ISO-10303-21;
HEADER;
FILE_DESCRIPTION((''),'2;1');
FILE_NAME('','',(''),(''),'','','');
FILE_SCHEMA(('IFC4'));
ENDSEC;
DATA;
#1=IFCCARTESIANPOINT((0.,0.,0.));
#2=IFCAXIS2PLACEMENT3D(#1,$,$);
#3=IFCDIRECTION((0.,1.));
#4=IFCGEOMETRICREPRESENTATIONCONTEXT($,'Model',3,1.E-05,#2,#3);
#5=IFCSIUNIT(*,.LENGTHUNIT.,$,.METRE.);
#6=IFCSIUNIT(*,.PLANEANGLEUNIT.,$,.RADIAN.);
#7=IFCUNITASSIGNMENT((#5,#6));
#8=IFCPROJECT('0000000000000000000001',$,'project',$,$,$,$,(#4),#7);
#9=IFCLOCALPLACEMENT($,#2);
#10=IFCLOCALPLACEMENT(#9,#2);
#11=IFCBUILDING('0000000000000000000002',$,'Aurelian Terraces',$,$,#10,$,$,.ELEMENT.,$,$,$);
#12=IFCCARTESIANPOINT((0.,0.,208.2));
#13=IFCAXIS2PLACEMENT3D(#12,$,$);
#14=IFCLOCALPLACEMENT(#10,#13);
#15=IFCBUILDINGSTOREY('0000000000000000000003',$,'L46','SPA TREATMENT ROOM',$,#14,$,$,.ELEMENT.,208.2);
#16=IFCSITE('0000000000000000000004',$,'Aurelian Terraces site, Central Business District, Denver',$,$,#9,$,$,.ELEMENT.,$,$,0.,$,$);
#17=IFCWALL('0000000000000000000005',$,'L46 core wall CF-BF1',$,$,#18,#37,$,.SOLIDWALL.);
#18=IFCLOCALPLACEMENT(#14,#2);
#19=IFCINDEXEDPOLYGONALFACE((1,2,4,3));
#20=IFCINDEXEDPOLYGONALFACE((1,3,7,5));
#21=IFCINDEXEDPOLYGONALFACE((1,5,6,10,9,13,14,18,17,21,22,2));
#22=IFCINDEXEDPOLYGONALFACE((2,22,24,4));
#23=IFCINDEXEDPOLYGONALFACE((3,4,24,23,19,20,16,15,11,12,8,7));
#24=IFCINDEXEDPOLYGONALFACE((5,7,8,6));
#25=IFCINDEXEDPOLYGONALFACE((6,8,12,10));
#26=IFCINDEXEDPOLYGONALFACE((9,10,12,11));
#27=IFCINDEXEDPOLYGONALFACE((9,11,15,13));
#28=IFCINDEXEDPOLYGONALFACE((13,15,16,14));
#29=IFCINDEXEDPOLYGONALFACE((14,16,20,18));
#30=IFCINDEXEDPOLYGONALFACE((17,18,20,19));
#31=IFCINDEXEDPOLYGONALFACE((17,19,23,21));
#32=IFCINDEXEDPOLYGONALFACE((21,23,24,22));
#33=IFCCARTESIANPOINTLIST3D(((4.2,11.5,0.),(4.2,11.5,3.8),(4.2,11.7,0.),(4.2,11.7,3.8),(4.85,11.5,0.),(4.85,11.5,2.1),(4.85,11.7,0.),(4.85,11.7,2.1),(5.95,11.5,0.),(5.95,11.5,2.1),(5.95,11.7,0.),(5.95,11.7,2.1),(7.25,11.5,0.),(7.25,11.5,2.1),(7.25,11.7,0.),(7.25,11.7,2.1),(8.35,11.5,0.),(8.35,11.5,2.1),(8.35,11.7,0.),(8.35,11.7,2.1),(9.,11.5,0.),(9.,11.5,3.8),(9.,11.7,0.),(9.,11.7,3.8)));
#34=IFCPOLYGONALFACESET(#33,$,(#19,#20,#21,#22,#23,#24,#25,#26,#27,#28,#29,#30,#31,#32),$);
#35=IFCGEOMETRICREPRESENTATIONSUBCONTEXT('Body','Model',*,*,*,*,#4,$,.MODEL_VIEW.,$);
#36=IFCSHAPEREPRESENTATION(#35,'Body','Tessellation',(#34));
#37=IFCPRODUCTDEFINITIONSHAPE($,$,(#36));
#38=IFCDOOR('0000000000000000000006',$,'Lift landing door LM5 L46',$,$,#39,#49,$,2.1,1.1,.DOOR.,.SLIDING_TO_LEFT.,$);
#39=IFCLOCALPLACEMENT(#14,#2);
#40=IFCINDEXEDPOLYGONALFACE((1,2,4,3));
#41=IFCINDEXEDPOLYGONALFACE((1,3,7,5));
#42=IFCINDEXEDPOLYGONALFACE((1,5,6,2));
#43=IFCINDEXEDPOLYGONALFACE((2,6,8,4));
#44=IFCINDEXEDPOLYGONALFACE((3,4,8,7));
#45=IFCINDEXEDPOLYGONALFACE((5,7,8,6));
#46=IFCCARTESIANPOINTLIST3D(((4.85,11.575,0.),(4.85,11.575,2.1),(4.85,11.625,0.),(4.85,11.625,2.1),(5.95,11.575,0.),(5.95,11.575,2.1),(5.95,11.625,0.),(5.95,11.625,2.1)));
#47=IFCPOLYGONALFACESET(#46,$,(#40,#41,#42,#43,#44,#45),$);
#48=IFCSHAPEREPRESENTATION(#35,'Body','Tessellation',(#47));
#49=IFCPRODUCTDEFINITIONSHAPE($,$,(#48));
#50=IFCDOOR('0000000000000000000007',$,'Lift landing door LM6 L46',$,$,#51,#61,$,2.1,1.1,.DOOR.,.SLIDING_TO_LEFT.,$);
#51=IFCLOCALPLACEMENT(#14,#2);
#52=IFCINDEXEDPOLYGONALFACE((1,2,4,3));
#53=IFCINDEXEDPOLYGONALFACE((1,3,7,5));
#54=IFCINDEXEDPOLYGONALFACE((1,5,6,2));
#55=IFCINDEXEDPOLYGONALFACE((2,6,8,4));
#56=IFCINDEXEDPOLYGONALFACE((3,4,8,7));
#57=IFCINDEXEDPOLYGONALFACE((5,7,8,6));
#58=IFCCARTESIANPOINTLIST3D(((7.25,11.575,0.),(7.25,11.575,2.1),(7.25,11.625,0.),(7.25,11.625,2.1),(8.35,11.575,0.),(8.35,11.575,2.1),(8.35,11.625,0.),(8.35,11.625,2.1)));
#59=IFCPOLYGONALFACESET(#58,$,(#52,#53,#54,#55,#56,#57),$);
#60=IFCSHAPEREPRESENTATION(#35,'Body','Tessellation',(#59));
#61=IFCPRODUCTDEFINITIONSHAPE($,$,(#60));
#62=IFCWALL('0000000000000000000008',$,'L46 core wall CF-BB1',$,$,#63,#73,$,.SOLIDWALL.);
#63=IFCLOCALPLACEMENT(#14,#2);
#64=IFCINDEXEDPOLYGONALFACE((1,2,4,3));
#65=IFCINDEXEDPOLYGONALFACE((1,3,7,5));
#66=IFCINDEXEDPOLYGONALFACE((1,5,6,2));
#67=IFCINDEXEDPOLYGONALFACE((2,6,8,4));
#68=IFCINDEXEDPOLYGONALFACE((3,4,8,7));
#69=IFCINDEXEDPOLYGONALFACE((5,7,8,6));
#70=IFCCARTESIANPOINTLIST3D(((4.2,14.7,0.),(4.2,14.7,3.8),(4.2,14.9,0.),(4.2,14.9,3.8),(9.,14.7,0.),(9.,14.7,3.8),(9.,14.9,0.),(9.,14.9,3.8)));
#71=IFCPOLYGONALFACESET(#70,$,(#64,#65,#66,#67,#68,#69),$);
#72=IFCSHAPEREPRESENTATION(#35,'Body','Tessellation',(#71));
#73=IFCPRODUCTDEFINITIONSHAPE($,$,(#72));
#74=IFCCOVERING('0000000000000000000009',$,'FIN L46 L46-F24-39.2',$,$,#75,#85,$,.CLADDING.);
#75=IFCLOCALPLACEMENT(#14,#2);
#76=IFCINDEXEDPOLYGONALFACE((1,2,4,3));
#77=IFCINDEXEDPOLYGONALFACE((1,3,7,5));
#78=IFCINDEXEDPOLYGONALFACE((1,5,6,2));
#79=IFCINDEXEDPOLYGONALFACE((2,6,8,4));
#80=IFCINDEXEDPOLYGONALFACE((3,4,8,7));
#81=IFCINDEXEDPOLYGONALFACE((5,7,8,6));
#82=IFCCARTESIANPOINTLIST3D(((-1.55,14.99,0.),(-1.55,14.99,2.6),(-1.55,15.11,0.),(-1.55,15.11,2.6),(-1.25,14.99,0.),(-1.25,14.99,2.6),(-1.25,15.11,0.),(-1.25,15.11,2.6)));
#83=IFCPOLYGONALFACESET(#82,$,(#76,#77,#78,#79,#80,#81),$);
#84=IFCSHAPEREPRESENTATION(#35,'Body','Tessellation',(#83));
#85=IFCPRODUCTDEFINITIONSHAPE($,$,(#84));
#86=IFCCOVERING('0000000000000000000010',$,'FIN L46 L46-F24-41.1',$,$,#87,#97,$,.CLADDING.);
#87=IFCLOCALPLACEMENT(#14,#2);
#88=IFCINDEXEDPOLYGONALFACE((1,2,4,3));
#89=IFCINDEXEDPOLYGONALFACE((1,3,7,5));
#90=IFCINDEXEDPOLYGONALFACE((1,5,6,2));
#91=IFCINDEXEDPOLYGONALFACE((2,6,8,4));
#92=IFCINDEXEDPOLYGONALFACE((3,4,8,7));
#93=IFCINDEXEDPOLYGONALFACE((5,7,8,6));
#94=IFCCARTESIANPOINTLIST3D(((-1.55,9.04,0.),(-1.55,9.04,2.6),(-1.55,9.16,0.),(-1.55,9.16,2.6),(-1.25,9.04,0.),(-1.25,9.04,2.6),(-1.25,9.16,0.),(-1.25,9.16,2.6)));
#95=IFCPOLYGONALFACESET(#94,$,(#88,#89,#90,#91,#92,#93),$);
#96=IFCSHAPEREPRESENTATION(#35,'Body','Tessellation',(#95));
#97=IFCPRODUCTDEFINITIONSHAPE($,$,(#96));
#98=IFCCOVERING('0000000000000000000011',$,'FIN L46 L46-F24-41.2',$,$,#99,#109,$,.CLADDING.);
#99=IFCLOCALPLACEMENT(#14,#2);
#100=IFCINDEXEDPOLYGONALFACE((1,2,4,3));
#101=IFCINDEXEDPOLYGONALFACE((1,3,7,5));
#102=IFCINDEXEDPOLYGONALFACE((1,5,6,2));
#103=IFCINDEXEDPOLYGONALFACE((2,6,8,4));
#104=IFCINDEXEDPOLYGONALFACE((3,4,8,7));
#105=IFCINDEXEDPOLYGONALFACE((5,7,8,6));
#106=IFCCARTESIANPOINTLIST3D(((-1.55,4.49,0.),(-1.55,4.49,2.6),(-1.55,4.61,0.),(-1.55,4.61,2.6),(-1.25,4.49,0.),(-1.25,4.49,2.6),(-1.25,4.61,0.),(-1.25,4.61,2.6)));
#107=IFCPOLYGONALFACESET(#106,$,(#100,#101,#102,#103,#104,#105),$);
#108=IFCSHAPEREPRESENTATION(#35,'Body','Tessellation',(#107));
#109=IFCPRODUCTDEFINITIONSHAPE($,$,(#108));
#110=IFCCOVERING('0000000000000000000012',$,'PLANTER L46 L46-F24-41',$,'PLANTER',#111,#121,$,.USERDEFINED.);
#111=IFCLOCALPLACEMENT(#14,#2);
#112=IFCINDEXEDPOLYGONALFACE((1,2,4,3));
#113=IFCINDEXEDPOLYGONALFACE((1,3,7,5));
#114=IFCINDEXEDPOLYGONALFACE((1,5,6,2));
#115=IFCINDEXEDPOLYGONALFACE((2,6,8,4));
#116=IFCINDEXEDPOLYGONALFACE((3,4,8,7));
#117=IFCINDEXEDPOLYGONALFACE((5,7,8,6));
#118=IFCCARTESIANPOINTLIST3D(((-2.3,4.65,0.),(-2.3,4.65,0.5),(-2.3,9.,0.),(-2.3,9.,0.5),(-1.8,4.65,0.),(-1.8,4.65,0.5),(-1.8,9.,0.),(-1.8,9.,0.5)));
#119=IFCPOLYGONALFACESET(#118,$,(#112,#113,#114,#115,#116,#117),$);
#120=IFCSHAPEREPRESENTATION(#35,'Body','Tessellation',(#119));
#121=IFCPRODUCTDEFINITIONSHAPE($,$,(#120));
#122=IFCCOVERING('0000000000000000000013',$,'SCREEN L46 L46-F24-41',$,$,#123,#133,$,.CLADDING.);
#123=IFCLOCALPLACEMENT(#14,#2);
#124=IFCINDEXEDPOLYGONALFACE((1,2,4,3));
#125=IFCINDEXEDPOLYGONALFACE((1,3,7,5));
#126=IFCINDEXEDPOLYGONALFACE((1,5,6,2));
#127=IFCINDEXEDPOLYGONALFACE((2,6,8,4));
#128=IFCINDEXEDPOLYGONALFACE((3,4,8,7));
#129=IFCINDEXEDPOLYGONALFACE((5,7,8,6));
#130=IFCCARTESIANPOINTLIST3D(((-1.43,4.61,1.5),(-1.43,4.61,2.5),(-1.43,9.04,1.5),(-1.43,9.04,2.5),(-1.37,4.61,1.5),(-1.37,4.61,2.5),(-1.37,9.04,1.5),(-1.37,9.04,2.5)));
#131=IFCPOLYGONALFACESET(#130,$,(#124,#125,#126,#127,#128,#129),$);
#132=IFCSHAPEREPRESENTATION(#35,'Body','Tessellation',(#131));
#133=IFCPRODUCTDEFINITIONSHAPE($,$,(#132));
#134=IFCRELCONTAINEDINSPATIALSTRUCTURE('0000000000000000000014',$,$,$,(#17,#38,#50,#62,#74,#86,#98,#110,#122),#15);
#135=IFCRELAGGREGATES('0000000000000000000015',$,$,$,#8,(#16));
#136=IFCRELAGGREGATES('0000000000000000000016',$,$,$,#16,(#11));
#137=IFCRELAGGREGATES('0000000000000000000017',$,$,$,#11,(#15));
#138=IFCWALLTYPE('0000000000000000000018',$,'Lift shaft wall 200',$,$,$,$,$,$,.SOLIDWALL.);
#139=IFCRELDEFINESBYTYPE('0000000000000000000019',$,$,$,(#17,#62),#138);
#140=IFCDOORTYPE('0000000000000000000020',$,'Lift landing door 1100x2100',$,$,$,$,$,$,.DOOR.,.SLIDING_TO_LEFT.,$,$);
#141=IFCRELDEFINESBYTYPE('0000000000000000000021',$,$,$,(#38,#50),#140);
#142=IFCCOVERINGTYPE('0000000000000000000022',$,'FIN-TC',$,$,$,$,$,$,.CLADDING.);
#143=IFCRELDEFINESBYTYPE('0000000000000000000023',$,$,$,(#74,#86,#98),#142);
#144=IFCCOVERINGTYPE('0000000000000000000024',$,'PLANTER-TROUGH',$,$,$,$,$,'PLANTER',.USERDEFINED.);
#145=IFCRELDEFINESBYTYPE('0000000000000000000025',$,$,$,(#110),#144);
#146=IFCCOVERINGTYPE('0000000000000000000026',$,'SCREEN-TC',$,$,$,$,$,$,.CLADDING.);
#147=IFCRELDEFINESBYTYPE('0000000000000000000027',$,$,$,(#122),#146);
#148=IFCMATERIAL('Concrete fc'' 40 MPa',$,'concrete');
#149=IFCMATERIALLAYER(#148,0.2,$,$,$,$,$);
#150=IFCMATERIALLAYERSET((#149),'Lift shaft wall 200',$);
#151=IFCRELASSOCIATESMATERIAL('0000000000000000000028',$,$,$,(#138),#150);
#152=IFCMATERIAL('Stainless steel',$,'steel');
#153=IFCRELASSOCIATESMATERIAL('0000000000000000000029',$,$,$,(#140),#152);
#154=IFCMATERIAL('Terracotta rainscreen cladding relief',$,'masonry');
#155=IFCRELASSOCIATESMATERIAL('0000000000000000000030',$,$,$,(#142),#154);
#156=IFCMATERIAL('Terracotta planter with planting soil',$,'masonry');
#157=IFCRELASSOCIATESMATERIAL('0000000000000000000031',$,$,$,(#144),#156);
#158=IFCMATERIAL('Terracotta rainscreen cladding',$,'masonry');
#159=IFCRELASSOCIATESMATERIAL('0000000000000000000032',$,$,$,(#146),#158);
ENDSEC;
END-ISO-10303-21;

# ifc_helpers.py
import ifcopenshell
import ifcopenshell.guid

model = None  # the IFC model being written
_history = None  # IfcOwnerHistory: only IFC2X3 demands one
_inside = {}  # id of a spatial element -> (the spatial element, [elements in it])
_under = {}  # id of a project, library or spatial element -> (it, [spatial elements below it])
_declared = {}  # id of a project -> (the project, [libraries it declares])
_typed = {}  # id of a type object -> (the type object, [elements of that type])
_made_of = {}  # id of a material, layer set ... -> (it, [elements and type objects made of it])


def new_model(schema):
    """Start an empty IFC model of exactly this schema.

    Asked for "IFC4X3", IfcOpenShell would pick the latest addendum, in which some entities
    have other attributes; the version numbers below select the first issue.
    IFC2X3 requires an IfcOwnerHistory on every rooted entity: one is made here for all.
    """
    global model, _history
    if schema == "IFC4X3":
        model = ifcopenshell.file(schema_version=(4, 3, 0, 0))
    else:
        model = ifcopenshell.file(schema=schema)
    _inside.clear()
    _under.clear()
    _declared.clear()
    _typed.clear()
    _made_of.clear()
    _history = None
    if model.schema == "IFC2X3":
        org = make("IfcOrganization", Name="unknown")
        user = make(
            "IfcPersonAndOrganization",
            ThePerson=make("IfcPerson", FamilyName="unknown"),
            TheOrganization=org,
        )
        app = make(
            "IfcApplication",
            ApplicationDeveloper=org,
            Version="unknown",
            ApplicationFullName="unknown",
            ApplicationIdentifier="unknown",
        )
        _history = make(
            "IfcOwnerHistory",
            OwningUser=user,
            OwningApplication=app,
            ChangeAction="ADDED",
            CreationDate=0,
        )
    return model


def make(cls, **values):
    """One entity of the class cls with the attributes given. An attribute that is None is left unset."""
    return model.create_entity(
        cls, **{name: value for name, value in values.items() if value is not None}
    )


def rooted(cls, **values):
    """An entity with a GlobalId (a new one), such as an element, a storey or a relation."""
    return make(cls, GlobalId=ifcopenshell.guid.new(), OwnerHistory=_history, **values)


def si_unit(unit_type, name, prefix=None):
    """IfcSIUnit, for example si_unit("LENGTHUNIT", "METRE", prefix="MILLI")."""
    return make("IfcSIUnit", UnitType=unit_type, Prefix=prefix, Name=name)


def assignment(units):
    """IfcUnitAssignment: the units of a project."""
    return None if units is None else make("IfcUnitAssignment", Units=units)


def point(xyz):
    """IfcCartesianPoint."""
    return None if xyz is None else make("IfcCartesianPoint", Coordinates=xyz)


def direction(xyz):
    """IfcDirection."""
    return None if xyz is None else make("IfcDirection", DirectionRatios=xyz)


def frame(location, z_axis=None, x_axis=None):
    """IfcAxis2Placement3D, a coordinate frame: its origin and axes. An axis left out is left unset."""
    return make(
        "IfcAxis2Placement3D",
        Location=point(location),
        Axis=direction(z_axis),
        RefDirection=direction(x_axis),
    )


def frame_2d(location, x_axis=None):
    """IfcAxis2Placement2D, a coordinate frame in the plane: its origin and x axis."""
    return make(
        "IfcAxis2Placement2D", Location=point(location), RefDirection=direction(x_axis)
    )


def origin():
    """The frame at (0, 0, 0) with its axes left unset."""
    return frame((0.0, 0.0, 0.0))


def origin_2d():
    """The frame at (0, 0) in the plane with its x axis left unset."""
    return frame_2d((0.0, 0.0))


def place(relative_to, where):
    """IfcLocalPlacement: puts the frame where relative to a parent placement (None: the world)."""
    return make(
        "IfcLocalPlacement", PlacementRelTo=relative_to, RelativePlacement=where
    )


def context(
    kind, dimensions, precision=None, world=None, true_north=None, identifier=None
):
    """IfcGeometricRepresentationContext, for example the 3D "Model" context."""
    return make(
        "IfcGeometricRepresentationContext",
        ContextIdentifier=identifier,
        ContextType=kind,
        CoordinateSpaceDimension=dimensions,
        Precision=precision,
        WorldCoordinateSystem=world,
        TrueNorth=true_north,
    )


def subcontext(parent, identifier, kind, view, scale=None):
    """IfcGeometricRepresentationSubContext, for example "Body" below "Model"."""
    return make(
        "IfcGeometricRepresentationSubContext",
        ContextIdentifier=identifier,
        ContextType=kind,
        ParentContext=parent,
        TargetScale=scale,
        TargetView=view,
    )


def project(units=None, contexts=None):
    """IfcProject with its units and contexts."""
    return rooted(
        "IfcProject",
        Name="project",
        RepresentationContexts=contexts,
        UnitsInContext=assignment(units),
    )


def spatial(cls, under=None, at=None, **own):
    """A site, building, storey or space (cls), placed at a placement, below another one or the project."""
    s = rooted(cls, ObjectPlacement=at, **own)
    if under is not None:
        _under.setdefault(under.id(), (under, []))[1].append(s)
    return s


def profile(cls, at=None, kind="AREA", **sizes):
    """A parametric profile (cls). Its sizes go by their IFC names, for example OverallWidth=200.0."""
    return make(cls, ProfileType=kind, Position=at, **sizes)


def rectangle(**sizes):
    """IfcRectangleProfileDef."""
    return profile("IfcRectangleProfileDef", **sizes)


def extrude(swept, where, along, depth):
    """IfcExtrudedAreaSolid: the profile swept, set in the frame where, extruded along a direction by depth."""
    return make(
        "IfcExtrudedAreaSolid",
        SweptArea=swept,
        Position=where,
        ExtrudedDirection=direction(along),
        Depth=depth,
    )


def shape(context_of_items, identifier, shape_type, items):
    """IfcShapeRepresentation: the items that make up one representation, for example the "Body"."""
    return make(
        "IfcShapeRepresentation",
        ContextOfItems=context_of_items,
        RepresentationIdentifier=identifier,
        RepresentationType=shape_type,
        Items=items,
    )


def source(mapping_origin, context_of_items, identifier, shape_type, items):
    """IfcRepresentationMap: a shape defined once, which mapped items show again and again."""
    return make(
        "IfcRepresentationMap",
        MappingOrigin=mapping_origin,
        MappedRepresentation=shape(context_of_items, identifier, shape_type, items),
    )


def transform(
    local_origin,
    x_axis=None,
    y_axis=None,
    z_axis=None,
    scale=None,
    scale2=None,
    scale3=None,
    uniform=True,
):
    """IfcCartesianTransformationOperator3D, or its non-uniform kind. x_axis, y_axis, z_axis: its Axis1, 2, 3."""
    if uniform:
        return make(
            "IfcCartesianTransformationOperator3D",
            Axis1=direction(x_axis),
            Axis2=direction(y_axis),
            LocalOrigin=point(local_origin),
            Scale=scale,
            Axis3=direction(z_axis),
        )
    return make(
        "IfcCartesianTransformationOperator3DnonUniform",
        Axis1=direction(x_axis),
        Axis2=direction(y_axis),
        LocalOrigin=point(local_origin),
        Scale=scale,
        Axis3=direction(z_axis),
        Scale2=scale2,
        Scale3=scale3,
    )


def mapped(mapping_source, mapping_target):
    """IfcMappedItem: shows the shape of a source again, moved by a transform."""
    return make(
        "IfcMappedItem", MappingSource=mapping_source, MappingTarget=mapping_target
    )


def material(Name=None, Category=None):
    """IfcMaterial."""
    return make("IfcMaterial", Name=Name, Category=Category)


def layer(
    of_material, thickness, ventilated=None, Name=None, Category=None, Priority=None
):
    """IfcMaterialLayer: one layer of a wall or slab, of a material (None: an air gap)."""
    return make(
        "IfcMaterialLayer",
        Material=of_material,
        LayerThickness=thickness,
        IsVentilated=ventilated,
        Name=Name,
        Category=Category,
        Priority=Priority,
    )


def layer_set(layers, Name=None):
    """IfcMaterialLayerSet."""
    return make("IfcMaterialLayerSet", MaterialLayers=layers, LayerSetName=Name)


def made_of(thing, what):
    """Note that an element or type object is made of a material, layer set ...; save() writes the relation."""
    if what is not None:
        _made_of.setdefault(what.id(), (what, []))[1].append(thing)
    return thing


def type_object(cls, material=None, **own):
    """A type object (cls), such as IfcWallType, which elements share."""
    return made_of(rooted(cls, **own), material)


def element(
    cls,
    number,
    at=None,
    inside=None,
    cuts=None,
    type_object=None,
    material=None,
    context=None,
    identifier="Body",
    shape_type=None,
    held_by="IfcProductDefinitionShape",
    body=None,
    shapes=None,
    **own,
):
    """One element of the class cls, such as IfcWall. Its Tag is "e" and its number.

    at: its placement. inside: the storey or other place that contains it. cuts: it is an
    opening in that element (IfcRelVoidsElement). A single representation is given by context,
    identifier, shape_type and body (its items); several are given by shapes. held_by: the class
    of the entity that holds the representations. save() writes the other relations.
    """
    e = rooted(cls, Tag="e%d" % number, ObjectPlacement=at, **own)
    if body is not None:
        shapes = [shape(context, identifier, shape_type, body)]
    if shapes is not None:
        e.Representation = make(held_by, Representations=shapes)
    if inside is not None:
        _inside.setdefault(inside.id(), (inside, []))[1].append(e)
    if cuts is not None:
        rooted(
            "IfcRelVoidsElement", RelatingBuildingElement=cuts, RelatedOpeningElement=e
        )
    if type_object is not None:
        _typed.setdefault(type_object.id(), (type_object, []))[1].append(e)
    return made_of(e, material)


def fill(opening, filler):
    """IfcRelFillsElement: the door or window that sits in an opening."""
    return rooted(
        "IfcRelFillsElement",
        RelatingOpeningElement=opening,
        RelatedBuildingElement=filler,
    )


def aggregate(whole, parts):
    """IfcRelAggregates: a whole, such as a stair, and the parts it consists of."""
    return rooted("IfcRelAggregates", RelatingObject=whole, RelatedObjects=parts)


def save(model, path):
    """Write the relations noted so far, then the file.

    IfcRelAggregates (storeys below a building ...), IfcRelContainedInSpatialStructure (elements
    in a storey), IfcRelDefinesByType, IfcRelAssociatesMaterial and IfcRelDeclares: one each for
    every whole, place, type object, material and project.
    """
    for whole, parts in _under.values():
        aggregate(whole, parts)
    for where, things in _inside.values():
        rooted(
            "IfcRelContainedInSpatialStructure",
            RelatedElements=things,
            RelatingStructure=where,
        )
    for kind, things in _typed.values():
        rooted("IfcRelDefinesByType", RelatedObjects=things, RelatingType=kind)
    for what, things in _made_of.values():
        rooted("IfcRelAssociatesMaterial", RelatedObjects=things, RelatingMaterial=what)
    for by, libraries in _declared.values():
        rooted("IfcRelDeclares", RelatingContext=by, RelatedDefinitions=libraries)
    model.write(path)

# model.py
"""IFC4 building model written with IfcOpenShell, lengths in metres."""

from ifc_helpers import new_model, si_unit, direction, frame, frame_2d, origin, origin_2d, place, context, subcontext, project, spatial, rectangle, extrude, source, transform, mapped, material, layer, layer_set, type_object, element, fill, save


model = new_model("IFC4")

# Units and contexts
model_context = context("Model", 3, precision=1e-05, world=origin(), true_north=direction((0.0, 1.0)))
body_context = subcontext(model_context, "Body", "Model", "MODEL_VIEW")
ifc_project = project(units=[si_unit("LENGTHUNIT", "METRE"), si_unit("PLANEANGLEUNIT", "RADIAN")], contexts=[model_context])

# Site, building, storey
site_placement = place(None, origin())
site = spatial("IfcSite", under=ifc_project, at=site_placement, Name="Aurelian Terraces site, Central Business District, Denver", CompositionType="ELEMENT", RefElevation=0.0)
building_placement = place(site_placement, origin())
building = spatial("IfcBuilding", under=site, at=building_placement, Name="Aurelian Terraces", CompositionType="ELEMENT")
storey_placement = place(building_placement, frame((0.0, 0.0, 208.2)))
storey = spatial("IfcBuildingStorey", under=building, at=storey_placement, Name="L46", Description="SPA TREATMENT ROOM", CompositionType="ELEMENT", Elevation=208.2)

# Shared definitions
ifc_material_1 = material(Name="Terracotta rainscreen cladding", Category="masonry")

# Shared definitions
ifc_material_2 = material(Name="Concrete fc' 40 MPa", Category="concrete")
ifc_layer_1 = layer(ifc_material_2, 0.2)
ifc_layer_set_1 = layer_set([ifc_layer_1], Name="Lift shaft wall 200")
wall_type_1 = type_object("IfcWallType", Name="Lift shaft wall 200", PredefinedType="SOLIDWALL", material=ifc_layer_set_1)

# Wall, openings, doors
shared_shape_1 = source(origin(), body_context, "Body", "SweptSolid", [
    extrude(rectangle(XDim=1.1, YDim=2.1, at=frame_2d((0.55, 1.05))), frame((0.0, 0.11, 0.0), z_axis=(0.0, -1.0, 0.0), x_axis=(1.0, 0.0, 0.0)), (0.0, 0.0, 1.0), 0.22),
])
ifc_material_3 = material(Name="Stainless steel", Category="steel")
door_type_1 = type_object("IfcDoorType", Name="Lift landing door 1100x2100", OperationType="SLIDING_TO_LEFT", PredefinedType="DOOR", material=ifc_material_3)
shared_shape_2 = source(origin(), body_context, "Body", "SweptSolid", [
    extrude(rectangle(XDim=1.1, YDim=2.1, at=frame_2d((0.55, 1.05))), frame((0.0, 0.025, 0.0), z_axis=(0.0, -1.0, 0.0), x_axis=(1.0, 0.0, 0.0)), (0.0, 0.0, 1.0), 0.05),
])
shared_shape_3 = source(origin(), body_context, "Body", "SweptSolid", [
    extrude(rectangle(XDim=4.8, YDim=0.2, at=frame_2d((2.4, 0.0))), origin(), (0.0, 0.0, 1.0), 3.8),
])
wall_1_placement = place(storey_placement, frame((4.2, 11.6, 0.0), z_axis=(0.0, 0.0, 1.0), x_axis=(1.0, 0.0, 0.0)))
wall_1 = element("IfcWall", 1, at=wall_1_placement, inside=storey, type_object=wall_type_1, Name="L46 core wall CF-BF1", PredefinedType="SOLIDWALL", context=body_context, shape_type="MappedRepresentation", body=[
    mapped(shared_shape_3, transform((0.0, 0.0, 0.0), scale=1.0)),
])
opening_1_placement = place(wall_1_placement, frame((0.65, 0.0, 0.0)))
opening_1 = element("IfcOpeningElement", 2, at=opening_1_placement, cuts=wall_1, PredefinedType="OPENING", context=body_context, shape_type="MappedRepresentation", body=[
    mapped(shared_shape_1, transform((0.0, 0.0, 0.0), scale=1.0)),
])
opening_2_placement = place(wall_1_placement, frame((3.05, 0.0, 0.0)))
opening_2 = element("IfcOpeningElement", 3, at=opening_2_placement, cuts=wall_1, PredefinedType="OPENING", context=body_context, shape_type="MappedRepresentation", body=[
    mapped(shared_shape_1, transform((0.0, 0.0, 0.0), scale=1.0)),
])
door_1_placement = place(opening_1_placement, origin())
door_1 = element("IfcDoor", 4, at=door_1_placement, inside=storey, type_object=door_type_1, Name="Lift landing door LM5 L46", OperationType="SLIDING_TO_LEFT", OverallHeight=2.1, OverallWidth=1.1, PredefinedType="DOOR", context=body_context, shape_type="MappedRepresentation", body=[
    mapped(shared_shape_2, transform((0.0, 0.0, 0.0), scale=1.0)),
])
fill(opening_1, door_1)
door_2_placement = place(opening_2_placement, origin())
door_2 = element("IfcDoor", 5, at=door_2_placement, inside=storey, type_object=door_type_1, Name="Lift landing door LM6 L46", OperationType="SLIDING_TO_LEFT", OverallHeight=2.1, OverallWidth=1.1, PredefinedType="DOOR", context=body_context, shape_type="MappedRepresentation", body=[
    mapped(shared_shape_2, transform((0.0, 0.0, 0.0), scale=1.0)),
])
fill(opening_2, door_2)

# Wall
wall_2_placement = place(storey_placement, frame((4.2, 14.8, 0.0), z_axis=(0.0, 0.0, 1.0), x_axis=(1.0, 0.0, 0.0)))
element("IfcWall", 6, at=wall_2_placement, inside=storey, type_object=wall_type_1, Name="L46 core wall CF-BB1", PredefinedType="SOLIDWALL", context=body_context, shape_type="MappedRepresentation", body=[
    mapped(shared_shape_3, transform((0.0, 0.0, 0.0), scale=1.0)),
])

# Coverings
ifc_material_4 = material(Name="Terracotta rainscreen cladding relief", Category="masonry")
covering_type_1 = type_object("IfcCoveringType", Name="FIN-TC", PredefinedType="CLADDING", material=ifc_material_4)
shared_shape_4 = source(origin(), body_context, "Body", "SweptSolid", [
    extrude(rectangle(XDim=0.3, YDim=0.12, at=origin_2d()), origin(), (0.0, 0.0, 1.0), 2.6),
])
for number, where, z_axis, x_axis, name in (
    (7, (-1.4, 15.05, 0.0), (0.0, 0.0, 1.0), (1.0, 0.0, 0.0), "FIN L46 L46-F24-39.2"),
    (8, (-1.4, 9.1, 0.0), (0.0, 0.0, 1.0), (1.0, 0.0, 0.0), "FIN L46 L46-F24-41.1"),
    (9, (-1.4, 4.55, 0.0), (0.0, 0.0, 1.0), (1.0, 0.0, 0.0), "FIN L46 L46-F24-41.2"),
):
    element("IfcCovering", number, at=place(storey_placement, frame(where, z_axis=z_axis, x_axis=x_axis)), inside=storey, type_object=covering_type_1, Name=name, PredefinedType="CLADDING", context=body_context, shape_type="MappedRepresentation", body=[
        mapped(shared_shape_4, transform((0.0, 0.0, 0.0), scale=1.0)),
    ])

# Coverings
ifc_material_5 = material(Name="Terracotta planter with planting soil", Category="masonry")
covering_type_2 = type_object("IfcCoveringType", Name="PLANTER-TROUGH", ElementType="PLANTER", PredefinedType="USERDEFINED", material=ifc_material_5)
shared_shape_5 = source(origin(), body_context, "Body", "SweptSolid", [
    extrude(rectangle(XDim=0.5, YDim=4.35, at=origin_2d()), origin(), (0.0, 0.0, 1.0), 0.5),
])
covering_1_placement = place(storey_placement, frame((-2.05, 6.825, 0.0), z_axis=(0.0, 0.0, 1.0), x_axis=(1.0, 0.0, 0.0)))
element("IfcCovering", 10, at=covering_1_placement, inside=storey, type_object=covering_type_2, Name="PLANTER L46 L46-F24-41", ObjectType="PLANTER", PredefinedType="USERDEFINED", context=body_context, shape_type="MappedRepresentation", body=[
    mapped(shared_shape_5, transform((0.0, 0.0, 0.0), scale=1.0)),
])
covering_type_3 = type_object("IfcCoveringType", Name="SCREEN-TC", PredefinedType="CLADDING", material=ifc_material_1)
shared_shape_6 = source(origin(), body_context, "Body", "SweptSolid", [
    extrude(rectangle(XDim=0.06, YDim=4.43, at=origin_2d()), origin(), (0.0, 0.0, 1.0), 1.0),
])
covering_2_placement = place(storey_placement, frame((-1.4, 6.825, 1.5), z_axis=(0.0, 0.0, 1.0), x_axis=(1.0, 0.0, 0.0)))
element("IfcCovering", 11, at=covering_2_placement, inside=storey, type_object=covering_type_3, Name="SCREEN L46 L46-F24-41", PredefinedType="CLADDING", context=body_context, shape_type="MappedRepresentation", body=[
    mapped(shared_shape_6, transform((0.0, 0.0, 0.0), scale=1.0)),
])

save(model, "model.ifc")
